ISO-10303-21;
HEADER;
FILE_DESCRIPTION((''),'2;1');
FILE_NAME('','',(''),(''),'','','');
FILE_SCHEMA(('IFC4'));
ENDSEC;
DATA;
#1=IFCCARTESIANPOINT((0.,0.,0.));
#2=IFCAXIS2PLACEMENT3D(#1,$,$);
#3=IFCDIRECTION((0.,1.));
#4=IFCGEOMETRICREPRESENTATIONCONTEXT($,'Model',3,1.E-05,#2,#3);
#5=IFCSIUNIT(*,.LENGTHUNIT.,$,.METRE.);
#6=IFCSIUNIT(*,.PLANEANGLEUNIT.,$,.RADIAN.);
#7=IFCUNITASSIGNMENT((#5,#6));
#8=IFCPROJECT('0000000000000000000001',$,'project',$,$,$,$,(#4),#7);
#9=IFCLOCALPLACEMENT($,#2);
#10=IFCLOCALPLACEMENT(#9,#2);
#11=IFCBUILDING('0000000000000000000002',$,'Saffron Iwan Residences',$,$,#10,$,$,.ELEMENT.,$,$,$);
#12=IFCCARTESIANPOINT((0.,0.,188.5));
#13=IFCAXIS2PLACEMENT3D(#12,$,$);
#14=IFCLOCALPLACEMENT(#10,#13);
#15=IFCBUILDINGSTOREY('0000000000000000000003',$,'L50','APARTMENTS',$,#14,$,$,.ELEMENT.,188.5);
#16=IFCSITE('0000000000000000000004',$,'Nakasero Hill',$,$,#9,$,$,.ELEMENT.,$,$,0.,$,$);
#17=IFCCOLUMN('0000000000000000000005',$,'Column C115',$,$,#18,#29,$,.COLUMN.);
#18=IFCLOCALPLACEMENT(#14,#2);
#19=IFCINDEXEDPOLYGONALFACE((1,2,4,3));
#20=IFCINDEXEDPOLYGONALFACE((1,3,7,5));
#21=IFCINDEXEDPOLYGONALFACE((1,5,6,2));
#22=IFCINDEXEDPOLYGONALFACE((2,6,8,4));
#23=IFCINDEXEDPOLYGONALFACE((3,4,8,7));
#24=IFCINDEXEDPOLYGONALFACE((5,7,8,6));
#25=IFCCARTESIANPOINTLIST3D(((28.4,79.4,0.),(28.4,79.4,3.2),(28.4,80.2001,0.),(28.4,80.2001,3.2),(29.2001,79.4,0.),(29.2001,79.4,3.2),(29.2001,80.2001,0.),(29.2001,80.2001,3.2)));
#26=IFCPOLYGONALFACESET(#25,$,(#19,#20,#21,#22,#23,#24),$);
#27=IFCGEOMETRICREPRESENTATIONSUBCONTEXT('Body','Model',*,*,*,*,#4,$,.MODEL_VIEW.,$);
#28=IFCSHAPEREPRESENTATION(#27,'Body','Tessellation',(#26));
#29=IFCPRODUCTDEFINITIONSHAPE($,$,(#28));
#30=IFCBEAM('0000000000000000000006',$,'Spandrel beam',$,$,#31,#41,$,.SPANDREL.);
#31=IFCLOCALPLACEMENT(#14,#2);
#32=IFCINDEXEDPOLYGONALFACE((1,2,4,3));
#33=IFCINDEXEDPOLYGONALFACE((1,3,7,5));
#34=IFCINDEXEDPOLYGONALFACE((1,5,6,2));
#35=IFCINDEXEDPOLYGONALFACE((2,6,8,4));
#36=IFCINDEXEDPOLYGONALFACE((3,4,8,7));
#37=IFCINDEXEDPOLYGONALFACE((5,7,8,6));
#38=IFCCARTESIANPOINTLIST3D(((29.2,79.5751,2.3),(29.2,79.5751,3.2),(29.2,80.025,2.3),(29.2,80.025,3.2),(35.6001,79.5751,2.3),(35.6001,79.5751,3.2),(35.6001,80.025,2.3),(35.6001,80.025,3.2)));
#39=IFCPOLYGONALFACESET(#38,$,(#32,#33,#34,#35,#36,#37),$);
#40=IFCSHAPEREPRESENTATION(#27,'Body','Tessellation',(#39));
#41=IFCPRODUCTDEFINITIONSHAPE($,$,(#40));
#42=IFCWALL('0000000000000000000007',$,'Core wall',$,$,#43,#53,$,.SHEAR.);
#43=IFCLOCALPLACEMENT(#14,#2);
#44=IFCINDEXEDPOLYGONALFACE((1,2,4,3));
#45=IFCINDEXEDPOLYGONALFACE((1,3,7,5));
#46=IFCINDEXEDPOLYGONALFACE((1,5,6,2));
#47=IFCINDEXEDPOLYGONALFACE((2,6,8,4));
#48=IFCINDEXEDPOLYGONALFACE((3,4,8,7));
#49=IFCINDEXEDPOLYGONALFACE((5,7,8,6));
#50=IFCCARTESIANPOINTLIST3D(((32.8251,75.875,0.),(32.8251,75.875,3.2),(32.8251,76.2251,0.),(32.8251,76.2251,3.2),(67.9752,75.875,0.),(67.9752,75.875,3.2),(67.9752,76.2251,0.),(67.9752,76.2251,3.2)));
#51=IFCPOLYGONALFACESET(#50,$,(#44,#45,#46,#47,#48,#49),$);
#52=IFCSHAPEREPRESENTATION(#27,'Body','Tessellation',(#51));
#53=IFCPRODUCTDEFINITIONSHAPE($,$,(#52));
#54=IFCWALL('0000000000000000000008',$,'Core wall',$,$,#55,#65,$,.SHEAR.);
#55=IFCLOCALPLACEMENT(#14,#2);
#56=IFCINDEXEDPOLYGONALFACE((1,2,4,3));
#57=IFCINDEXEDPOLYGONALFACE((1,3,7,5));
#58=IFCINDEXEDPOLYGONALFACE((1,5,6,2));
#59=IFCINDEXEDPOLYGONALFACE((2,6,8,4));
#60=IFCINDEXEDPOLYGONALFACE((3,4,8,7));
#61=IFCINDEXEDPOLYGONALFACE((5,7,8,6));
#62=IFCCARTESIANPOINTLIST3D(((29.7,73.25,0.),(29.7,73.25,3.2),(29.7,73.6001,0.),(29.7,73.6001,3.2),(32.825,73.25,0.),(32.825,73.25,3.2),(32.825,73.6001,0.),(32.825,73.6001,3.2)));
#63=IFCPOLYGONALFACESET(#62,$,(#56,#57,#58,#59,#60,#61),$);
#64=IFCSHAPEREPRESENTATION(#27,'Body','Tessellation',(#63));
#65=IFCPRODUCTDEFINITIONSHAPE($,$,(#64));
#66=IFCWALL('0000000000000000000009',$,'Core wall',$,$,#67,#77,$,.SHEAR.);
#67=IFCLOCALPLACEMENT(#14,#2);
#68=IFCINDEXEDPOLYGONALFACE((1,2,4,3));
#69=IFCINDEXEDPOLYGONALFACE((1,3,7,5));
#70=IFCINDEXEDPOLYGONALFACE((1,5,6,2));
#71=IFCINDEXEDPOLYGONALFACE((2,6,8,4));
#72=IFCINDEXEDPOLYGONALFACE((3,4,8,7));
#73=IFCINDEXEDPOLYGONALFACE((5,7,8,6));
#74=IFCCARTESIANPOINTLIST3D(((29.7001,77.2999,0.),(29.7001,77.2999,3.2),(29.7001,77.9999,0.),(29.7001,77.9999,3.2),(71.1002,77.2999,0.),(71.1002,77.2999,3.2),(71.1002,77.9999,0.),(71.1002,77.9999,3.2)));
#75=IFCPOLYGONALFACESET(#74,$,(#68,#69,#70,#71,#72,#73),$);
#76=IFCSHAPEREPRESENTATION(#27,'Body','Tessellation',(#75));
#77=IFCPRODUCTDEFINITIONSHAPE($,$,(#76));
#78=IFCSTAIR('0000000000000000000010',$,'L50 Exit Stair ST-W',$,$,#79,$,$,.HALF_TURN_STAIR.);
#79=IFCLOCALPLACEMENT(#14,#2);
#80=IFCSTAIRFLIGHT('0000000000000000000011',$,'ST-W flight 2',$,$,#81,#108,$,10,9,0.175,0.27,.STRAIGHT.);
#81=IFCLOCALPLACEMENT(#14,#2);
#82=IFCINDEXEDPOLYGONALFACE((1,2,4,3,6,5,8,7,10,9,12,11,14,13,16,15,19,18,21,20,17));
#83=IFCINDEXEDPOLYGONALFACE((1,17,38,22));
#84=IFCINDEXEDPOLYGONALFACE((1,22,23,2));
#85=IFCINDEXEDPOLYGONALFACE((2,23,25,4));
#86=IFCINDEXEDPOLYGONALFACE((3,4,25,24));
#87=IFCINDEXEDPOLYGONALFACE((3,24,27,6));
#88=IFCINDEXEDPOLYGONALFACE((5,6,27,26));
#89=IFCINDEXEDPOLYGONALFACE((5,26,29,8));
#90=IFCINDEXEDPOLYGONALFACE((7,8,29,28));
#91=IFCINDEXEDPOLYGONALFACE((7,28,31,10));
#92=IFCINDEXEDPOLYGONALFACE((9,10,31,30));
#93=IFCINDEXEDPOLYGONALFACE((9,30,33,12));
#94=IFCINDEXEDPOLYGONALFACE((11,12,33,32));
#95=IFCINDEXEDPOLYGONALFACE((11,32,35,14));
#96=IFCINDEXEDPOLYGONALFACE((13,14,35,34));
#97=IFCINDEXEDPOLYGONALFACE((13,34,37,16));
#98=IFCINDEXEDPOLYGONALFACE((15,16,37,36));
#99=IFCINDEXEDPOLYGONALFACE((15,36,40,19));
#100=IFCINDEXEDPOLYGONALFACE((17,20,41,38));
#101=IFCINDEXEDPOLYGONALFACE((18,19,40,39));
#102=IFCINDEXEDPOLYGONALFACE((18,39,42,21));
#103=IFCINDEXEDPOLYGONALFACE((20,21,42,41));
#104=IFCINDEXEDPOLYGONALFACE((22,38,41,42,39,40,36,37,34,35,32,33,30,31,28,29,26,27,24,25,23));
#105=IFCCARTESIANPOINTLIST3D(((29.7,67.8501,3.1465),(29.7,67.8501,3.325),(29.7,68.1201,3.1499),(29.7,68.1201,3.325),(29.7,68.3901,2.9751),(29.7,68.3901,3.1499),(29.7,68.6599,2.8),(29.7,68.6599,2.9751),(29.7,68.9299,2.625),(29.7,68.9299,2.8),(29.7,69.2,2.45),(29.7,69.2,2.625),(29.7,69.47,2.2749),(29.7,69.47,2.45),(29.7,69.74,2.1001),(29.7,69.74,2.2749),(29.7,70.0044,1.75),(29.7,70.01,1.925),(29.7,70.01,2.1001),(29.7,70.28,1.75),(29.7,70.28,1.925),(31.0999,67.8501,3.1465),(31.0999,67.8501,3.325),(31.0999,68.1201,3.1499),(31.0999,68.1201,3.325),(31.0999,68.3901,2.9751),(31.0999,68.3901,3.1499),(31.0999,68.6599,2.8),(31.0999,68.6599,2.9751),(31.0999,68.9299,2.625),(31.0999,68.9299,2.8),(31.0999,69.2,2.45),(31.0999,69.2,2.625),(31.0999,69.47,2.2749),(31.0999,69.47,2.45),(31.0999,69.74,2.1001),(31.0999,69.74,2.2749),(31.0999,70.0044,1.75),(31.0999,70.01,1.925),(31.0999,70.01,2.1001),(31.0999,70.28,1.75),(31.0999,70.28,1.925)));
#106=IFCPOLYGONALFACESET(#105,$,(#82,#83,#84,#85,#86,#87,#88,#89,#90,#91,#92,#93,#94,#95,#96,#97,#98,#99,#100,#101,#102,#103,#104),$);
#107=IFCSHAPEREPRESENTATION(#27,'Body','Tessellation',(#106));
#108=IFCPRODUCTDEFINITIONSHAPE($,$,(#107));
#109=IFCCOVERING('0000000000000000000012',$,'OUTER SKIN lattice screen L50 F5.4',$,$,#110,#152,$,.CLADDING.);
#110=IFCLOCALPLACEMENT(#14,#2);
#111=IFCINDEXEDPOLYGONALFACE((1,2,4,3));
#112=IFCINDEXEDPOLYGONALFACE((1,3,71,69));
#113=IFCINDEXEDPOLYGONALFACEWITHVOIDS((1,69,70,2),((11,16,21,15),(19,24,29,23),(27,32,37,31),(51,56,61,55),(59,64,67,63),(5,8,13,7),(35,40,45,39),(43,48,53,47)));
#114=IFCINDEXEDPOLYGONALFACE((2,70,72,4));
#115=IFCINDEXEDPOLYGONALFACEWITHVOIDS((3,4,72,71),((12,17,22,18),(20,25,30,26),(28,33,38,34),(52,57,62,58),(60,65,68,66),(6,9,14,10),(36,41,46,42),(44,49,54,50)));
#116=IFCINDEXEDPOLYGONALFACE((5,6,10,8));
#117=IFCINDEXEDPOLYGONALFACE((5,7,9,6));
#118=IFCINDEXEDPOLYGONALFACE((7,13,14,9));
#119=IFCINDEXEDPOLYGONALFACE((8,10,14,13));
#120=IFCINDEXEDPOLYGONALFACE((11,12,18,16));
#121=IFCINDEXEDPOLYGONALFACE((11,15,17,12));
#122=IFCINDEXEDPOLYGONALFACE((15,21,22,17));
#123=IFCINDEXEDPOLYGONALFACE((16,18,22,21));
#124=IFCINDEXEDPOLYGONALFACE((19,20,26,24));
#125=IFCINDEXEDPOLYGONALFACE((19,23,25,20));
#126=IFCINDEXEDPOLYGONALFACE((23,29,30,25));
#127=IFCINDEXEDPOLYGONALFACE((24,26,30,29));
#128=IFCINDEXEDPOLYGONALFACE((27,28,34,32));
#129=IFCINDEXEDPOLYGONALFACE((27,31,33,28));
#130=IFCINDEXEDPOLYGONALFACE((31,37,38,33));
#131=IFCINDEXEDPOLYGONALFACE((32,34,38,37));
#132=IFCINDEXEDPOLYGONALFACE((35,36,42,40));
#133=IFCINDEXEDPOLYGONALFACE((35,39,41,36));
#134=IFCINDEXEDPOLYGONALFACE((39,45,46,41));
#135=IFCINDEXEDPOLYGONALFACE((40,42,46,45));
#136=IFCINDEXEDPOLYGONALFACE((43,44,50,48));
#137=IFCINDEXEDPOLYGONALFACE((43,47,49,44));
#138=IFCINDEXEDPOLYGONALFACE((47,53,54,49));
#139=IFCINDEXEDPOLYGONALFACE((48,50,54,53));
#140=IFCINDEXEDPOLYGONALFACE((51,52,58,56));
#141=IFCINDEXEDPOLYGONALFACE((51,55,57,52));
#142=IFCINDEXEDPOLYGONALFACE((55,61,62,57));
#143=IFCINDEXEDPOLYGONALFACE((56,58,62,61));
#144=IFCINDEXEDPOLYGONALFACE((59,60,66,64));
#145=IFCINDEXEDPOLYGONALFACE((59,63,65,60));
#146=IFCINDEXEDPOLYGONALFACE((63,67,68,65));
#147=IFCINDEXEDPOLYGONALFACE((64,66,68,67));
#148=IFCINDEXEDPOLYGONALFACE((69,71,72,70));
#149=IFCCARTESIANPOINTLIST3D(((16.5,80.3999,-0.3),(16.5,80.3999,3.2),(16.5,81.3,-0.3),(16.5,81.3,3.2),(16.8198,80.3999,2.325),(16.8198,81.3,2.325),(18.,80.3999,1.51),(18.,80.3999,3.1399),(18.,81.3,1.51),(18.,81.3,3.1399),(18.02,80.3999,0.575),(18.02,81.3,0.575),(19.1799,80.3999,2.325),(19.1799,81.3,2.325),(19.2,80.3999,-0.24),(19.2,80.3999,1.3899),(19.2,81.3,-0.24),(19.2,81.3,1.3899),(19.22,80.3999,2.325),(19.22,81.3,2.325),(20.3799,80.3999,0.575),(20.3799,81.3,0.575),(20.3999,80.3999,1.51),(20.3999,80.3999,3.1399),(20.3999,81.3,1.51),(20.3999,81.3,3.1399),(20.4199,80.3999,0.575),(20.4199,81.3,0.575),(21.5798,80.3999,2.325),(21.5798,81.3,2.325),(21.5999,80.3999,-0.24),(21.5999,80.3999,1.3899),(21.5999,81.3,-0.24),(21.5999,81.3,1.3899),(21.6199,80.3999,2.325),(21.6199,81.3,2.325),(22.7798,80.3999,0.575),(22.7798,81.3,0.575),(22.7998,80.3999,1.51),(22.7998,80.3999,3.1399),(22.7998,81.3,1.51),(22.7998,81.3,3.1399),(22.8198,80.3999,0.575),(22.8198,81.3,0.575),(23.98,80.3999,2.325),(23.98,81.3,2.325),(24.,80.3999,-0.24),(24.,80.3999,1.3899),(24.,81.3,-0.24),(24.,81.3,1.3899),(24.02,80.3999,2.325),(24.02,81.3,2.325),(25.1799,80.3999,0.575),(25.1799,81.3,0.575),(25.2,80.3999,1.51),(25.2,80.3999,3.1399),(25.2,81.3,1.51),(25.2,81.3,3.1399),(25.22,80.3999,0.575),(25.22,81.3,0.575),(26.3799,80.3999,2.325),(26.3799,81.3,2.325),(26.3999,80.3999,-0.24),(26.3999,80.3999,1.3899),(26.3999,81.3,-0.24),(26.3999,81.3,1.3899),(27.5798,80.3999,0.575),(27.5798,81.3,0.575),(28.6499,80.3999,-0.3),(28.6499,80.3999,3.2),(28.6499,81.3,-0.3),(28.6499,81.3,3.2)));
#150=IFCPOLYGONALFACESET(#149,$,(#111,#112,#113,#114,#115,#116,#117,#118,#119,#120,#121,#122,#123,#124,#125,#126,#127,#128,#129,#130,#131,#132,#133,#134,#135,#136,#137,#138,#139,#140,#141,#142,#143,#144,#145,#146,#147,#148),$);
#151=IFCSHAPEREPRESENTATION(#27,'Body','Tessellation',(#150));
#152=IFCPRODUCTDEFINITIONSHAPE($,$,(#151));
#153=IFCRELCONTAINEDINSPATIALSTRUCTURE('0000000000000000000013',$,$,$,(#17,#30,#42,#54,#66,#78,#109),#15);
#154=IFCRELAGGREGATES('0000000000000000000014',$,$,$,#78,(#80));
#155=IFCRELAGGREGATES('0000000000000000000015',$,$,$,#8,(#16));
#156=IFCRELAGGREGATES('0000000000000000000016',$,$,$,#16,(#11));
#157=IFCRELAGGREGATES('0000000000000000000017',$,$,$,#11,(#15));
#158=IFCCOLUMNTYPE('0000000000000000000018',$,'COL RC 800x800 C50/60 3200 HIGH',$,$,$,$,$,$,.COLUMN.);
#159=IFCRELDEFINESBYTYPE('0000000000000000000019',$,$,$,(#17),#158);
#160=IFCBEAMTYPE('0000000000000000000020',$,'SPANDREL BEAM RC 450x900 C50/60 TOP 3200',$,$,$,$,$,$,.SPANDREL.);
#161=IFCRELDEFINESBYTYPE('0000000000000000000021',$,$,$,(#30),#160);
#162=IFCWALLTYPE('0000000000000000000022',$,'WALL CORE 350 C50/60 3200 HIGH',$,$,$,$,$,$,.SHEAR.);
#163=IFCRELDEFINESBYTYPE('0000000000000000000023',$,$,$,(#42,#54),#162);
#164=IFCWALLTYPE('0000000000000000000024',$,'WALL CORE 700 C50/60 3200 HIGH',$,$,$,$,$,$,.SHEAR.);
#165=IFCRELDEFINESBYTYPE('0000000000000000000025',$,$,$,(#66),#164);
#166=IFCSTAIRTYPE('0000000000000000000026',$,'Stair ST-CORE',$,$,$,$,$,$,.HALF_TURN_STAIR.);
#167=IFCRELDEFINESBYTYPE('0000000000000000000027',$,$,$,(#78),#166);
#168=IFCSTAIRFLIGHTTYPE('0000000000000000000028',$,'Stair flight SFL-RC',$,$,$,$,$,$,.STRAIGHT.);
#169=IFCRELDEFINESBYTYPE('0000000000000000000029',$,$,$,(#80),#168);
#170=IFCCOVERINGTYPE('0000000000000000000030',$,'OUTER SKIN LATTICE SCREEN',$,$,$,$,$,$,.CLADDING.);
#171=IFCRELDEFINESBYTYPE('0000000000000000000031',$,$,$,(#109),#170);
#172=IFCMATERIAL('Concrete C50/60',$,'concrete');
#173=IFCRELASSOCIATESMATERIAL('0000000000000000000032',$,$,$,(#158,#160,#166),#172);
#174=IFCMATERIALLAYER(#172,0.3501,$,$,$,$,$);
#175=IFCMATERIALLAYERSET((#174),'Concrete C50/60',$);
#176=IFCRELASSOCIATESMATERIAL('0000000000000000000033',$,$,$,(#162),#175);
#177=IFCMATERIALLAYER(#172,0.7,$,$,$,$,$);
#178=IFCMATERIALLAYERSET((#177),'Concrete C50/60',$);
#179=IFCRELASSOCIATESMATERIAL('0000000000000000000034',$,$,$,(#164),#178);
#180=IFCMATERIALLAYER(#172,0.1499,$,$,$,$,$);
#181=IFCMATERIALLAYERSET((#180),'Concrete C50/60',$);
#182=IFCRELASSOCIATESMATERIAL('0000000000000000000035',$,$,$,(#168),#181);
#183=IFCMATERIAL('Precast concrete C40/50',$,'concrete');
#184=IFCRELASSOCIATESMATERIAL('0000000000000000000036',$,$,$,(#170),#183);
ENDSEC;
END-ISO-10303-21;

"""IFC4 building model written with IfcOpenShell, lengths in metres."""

from ifc_helpers import new_model, si_unit, direction, frame, frame_2d, origin, origin_2d, place, context, subcontext, project, spatial, polyline, rectangle, outline, extrude, source, transform, mapped, material, layer, layer_set, material_profile, profile_set, type_object, element, aggregate, save


model = new_model("IFC4")

# Units and contexts
model_context = context("Model", 3, precision=1e-05, world=origin(), true_north=direction((0.0, 1.0)))
body_context = subcontext(model_context, "Body", "Model", "MODEL_VIEW")
ifc_project = project(units=[si_unit("LENGTHUNIT", "METRE"), si_unit("PLANEANGLEUNIT", "RADIAN")], contexts=[model_context])

# Site, building, storey
site_placement = place(None, origin())
site = spatial("IfcSite", under=ifc_project, at=site_placement, Name="Nakasero Hill", CompositionType="ELEMENT", RefElevation=0.0)
building_placement = place(site_placement, origin())
building = spatial("IfcBuilding", under=site, at=building_placement, Name="Saffron Iwan Residences", CompositionType="ELEMENT")
storey_placement = place(building_placement, frame((0.0, 0.0, 188.5)))
storey = spatial("IfcBuildingStorey", under=building, at=storey_placement, Name="L50", Description="APARTMENTS", CompositionType="ELEMENT", Elevation=188.5)

# Column
ifc_material_1 = material(Name="Concrete C50/60", Category="concrete")
ifc_material_profile_1 = material_profile(ifc_material_1, rectangle(XDim=0.8, YDim=0.8, at=origin_2d()), Name="RC 800x800")
ifc_profile_set_1 = profile_set([ifc_material_profile_1], Name="Concrete C50/60")
column_type = type_object("IfcColumnType", Name="COL RC 800x800 C50/60 3200 HIGH", PredefinedType="COLUMN", material=ifc_profile_set_1)
shared_shape_1 = source(origin(), body_context, "Body", "SweptSolid", [
    extrude(rectangle(XDim=0.8, YDim=0.8, at=origin_2d()), origin(), (0.0, 0.0, 1.0), 3.2),
])
column_placement = place(storey_placement, frame((28.8, 79.8, 0.0), z_axis=(0.0, 0.0, 1.0), x_axis=(1.0, 0.0, 0.0)))
element("IfcColumn", 1, at=column_placement, inside=storey, type_object=column_type, Name="Column C115", PredefinedType="COLUMN", context=body_context, shape_type="MappedRepresentation", body=[
    mapped(shared_shape_1, transform((0.0, 0.0, 0.0))),
])

# Beam
ifc_material_profile_2 = material_profile(ifc_material_1, rectangle(XDim=0.45, YDim=0.8999, at=origin_2d()), Name="RC 450x900")
ifc_profile_set_2 = profile_set([ifc_material_profile_2], Name="Concrete C50/60")
beam_type = type_object("IfcBeamType", Name="SPANDREL BEAM RC 450x900 C50/60 TOP 3200", PredefinedType="SPANDREL", material=ifc_profile_set_2)
shared_shape_2 = source(origin(), body_context, "Body", "SweptSolid", [
    extrude(rectangle(XDim=0.45, YDim=0.8999, at=origin_2d()), origin(), (0.0, 0.0, 1.0), 6.4001),
])
beam_placement = place(storey_placement, frame((29.2, 79.8, 2.75), z_axis=(1.0, 0.0, 0.0), x_axis=(0.0, 1.0, 0.0)))
element("IfcBeam", 2, at=beam_placement, inside=storey, type_object=beam_type, Name="Spandrel beam", PredefinedType="SPANDREL", context=body_context, shape_type="MappedRepresentation", body=[
    mapped(shared_shape_2, transform((0.0, 0.0, 0.0))),
])

# Shared definitions
ifc_layer_1 = layer(ifc_material_1, 0.3501)
ifc_layer_set_1 = layer_set([ifc_layer_1], Name="Concrete C50/60")
wall_type_1 = type_object("IfcWallType", Name="WALL CORE 350 C50/60 3200 HIGH", PredefinedType="SHEAR", material=ifc_layer_set_1)

# Walls
wall_1_placement = place(storey_placement, frame((32.825, 76.05, 0.0), z_axis=(0.0, 0.0, 1.0), x_axis=(1.0, 0.0, 0.0)))
element("IfcWall", 3, at=wall_1_placement, inside=storey, type_object=wall_type_1, Name="Core wall", PredefinedType="SHEAR", context=body_context, shape_type="SweptSolid", body=[
    extrude(rectangle(XDim=35.1501, YDim=0.3501, at=frame_2d((17.5752, 0.0))), origin(), (0.0, 0.0, 1.0), 3.2),
])
wall_2_placement = place(storey_placement, frame((29.7, 73.425, 0.0), z_axis=(0.0, 0.0, 1.0), x_axis=(1.0, 0.0, 0.0)))
element("IfcWall", 4, at=wall_2_placement, inside=storey, type_object=wall_type_1, Name="Core wall", PredefinedType="SHEAR", context=body_context, shape_type="SweptSolid", body=[
    extrude(rectangle(XDim=3.125, YDim=0.3501, at=frame_2d((1.5625, 0.0))), origin(), (0.0, 0.0, 1.0), 3.2),
])
ifc_layer_2 = layer(ifc_material_1, 0.7)
ifc_layer_set_2 = layer_set([ifc_layer_2], Name="Concrete C50/60")
wall_type_2 = type_object("IfcWallType", Name="WALL CORE 700 C50/60 3200 HIGH", PredefinedType="SHEAR", material=ifc_layer_set_2)
wall_3_placement = place(storey_placement, frame((29.7, 77.6499, 0.0), z_axis=(0.0, 0.0, 1.0), x_axis=(1.0, 0.0, 0.0)))
element("IfcWall", 5, at=wall_3_placement, inside=storey, type_object=wall_type_2, Name="Core wall", PredefinedType="SHEAR", context=body_context, shape_type="SweptSolid", body=[
    extrude(rectangle(XDim=41.4001, YDim=0.7, at=frame_2d((20.7002, 0.0))), origin(), (0.0, 0.0, 1.0), 3.2),
])

# Stair, stair flight
stair_type = type_object("IfcStairType", Name="Stair ST-CORE", PredefinedType="HALF_TURN_STAIR", material=ifc_material_1)
stair_placement = place(storey_placement, origin())
stair = element("IfcStair", 6, at=stair_placement, inside=storey, type_object=stair_type, Name="L50 Exit Stair ST-W", PredefinedType="HALF_TURN_STAIR")
ifc_layer_3 = layer(ifc_material_1, 0.1499)
ifc_layer_set_3 = layer_set([ifc_layer_3], Name="Concrete C50/60")
stair_flight_type = type_object("IfcStairFlightType", Name="Stair flight SFL-RC", PredefinedType="STRAIGHT", material=ifc_layer_set_3)
stair_flight_placement = place(storey_placement, frame((30.3999, 70.28, 1.75), z_axis=(0.0, 0.0, 1.0), x_axis=(0.0, -1.0, 0.0)))
stair_flight = element("IfcStairFlight", 7, at=stair_flight_placement, type_object=stair_flight_type, Name="ST-W flight 2", NumberOfRisers=10, NumberOfTreads=9, PredefinedType="STRAIGHT", RiserHeight=0.175, TreadLength=0.27, context=body_context, shape_type="SweptSolid", body=[
    extrude(outline(polyline([(0.0, 0.0), (0.0, 0.175), (0.27, 0.175), (0.27, 0.3501), (0.54, 0.3501), (0.54, 0.5249), (0.8101, 0.5249), (0.8101, 0.7), (1.0801, 0.7), (1.0801, 0.875), (1.3501, 0.875), (1.3501, 1.05), (1.6201, 1.05), (1.6201, 1.2251), (1.8899, 1.2251), (1.8899, 1.3999), (2.1599, 1.3999), (2.1599, 1.575), (2.4299, 1.575), (2.4299, 1.75), (2.4299, 1.3965), (0.2756, 0.0), (0.0, 0.0)])), frame((0.0, 0.7, 0.0), z_axis=(0.0, -1.0, 0.0), x_axis=(1.0, 0.0, 0.0)), (0.0, 0.0, 1.0), 1.3999),
])
aggregate(stair, [stair_flight])

# Covering
ifc_material_2 = material(Name="Precast concrete C40/50", Category="concrete")
covering_type_1 = type_object("IfcCoveringType", Name="OUTER SKIN LATTICE SCREEN", PredefinedType="CLADDING", material=ifc_material_2)
covering_1_placement = place(storey_placement, frame((28.6499, 80.3999, -0.3), z_axis=(0.0, 1.0, 0.0), x_axis=(-1.0, 0.0, 0.0)))
element("IfcCovering", 8, at=covering_1_placement, inside=storey, type_object=covering_type_1, Name="OUTER SKIN lattice screen L50 F5.4", PredefinedType="CLADDING", context=body_context, shape_type="SweptSolid", body=[
    extrude(outline(polyline([(0.0, 0.0), (12.1499, 0.0), (12.1499, 3.5), (0.0, 3.5), (0.0, 0.0)]), holes=[polyline([(1.0701, 0.875), (2.25, 0.0601), (3.4299, 0.875), (2.25, 1.6899), (1.0701, 0.875)]), polyline([(3.47, 0.875), (4.6499, 0.0601), (5.8301, 0.875), (4.6499, 1.6899), (3.47, 0.875)]), polyline([(5.8701, 0.875), (7.05, 0.0601), (8.23, 0.875), (7.05, 1.6899), (5.8701, 0.875)]), polyline([(8.27, 0.875), (9.45, 0.0601), (10.6299, 0.875), (9.45, 1.6899), (8.27, 0.875)]), polyline([(2.27, 2.625), (3.45, 1.8101), (4.6299, 2.625), (3.45, 3.4399), (2.27, 2.625)]), polyline([(4.6699, 2.625), (5.8501, 1.8101), (7.03, 2.625), (5.8501, 3.4399), (4.6699, 2.625)]), polyline([(7.0701, 2.625), (8.25, 1.8101), (9.4299, 2.625), (8.25, 3.4399), (7.0701, 2.625)]), polyline([(9.47, 2.625), (10.6499, 1.8101), (11.8301, 2.625), (10.6499, 3.4399), (9.47, 2.625)])]), origin(), (0.0, 0.0, 1.0), 0.9001),
])

save(model, "model.ifc")
